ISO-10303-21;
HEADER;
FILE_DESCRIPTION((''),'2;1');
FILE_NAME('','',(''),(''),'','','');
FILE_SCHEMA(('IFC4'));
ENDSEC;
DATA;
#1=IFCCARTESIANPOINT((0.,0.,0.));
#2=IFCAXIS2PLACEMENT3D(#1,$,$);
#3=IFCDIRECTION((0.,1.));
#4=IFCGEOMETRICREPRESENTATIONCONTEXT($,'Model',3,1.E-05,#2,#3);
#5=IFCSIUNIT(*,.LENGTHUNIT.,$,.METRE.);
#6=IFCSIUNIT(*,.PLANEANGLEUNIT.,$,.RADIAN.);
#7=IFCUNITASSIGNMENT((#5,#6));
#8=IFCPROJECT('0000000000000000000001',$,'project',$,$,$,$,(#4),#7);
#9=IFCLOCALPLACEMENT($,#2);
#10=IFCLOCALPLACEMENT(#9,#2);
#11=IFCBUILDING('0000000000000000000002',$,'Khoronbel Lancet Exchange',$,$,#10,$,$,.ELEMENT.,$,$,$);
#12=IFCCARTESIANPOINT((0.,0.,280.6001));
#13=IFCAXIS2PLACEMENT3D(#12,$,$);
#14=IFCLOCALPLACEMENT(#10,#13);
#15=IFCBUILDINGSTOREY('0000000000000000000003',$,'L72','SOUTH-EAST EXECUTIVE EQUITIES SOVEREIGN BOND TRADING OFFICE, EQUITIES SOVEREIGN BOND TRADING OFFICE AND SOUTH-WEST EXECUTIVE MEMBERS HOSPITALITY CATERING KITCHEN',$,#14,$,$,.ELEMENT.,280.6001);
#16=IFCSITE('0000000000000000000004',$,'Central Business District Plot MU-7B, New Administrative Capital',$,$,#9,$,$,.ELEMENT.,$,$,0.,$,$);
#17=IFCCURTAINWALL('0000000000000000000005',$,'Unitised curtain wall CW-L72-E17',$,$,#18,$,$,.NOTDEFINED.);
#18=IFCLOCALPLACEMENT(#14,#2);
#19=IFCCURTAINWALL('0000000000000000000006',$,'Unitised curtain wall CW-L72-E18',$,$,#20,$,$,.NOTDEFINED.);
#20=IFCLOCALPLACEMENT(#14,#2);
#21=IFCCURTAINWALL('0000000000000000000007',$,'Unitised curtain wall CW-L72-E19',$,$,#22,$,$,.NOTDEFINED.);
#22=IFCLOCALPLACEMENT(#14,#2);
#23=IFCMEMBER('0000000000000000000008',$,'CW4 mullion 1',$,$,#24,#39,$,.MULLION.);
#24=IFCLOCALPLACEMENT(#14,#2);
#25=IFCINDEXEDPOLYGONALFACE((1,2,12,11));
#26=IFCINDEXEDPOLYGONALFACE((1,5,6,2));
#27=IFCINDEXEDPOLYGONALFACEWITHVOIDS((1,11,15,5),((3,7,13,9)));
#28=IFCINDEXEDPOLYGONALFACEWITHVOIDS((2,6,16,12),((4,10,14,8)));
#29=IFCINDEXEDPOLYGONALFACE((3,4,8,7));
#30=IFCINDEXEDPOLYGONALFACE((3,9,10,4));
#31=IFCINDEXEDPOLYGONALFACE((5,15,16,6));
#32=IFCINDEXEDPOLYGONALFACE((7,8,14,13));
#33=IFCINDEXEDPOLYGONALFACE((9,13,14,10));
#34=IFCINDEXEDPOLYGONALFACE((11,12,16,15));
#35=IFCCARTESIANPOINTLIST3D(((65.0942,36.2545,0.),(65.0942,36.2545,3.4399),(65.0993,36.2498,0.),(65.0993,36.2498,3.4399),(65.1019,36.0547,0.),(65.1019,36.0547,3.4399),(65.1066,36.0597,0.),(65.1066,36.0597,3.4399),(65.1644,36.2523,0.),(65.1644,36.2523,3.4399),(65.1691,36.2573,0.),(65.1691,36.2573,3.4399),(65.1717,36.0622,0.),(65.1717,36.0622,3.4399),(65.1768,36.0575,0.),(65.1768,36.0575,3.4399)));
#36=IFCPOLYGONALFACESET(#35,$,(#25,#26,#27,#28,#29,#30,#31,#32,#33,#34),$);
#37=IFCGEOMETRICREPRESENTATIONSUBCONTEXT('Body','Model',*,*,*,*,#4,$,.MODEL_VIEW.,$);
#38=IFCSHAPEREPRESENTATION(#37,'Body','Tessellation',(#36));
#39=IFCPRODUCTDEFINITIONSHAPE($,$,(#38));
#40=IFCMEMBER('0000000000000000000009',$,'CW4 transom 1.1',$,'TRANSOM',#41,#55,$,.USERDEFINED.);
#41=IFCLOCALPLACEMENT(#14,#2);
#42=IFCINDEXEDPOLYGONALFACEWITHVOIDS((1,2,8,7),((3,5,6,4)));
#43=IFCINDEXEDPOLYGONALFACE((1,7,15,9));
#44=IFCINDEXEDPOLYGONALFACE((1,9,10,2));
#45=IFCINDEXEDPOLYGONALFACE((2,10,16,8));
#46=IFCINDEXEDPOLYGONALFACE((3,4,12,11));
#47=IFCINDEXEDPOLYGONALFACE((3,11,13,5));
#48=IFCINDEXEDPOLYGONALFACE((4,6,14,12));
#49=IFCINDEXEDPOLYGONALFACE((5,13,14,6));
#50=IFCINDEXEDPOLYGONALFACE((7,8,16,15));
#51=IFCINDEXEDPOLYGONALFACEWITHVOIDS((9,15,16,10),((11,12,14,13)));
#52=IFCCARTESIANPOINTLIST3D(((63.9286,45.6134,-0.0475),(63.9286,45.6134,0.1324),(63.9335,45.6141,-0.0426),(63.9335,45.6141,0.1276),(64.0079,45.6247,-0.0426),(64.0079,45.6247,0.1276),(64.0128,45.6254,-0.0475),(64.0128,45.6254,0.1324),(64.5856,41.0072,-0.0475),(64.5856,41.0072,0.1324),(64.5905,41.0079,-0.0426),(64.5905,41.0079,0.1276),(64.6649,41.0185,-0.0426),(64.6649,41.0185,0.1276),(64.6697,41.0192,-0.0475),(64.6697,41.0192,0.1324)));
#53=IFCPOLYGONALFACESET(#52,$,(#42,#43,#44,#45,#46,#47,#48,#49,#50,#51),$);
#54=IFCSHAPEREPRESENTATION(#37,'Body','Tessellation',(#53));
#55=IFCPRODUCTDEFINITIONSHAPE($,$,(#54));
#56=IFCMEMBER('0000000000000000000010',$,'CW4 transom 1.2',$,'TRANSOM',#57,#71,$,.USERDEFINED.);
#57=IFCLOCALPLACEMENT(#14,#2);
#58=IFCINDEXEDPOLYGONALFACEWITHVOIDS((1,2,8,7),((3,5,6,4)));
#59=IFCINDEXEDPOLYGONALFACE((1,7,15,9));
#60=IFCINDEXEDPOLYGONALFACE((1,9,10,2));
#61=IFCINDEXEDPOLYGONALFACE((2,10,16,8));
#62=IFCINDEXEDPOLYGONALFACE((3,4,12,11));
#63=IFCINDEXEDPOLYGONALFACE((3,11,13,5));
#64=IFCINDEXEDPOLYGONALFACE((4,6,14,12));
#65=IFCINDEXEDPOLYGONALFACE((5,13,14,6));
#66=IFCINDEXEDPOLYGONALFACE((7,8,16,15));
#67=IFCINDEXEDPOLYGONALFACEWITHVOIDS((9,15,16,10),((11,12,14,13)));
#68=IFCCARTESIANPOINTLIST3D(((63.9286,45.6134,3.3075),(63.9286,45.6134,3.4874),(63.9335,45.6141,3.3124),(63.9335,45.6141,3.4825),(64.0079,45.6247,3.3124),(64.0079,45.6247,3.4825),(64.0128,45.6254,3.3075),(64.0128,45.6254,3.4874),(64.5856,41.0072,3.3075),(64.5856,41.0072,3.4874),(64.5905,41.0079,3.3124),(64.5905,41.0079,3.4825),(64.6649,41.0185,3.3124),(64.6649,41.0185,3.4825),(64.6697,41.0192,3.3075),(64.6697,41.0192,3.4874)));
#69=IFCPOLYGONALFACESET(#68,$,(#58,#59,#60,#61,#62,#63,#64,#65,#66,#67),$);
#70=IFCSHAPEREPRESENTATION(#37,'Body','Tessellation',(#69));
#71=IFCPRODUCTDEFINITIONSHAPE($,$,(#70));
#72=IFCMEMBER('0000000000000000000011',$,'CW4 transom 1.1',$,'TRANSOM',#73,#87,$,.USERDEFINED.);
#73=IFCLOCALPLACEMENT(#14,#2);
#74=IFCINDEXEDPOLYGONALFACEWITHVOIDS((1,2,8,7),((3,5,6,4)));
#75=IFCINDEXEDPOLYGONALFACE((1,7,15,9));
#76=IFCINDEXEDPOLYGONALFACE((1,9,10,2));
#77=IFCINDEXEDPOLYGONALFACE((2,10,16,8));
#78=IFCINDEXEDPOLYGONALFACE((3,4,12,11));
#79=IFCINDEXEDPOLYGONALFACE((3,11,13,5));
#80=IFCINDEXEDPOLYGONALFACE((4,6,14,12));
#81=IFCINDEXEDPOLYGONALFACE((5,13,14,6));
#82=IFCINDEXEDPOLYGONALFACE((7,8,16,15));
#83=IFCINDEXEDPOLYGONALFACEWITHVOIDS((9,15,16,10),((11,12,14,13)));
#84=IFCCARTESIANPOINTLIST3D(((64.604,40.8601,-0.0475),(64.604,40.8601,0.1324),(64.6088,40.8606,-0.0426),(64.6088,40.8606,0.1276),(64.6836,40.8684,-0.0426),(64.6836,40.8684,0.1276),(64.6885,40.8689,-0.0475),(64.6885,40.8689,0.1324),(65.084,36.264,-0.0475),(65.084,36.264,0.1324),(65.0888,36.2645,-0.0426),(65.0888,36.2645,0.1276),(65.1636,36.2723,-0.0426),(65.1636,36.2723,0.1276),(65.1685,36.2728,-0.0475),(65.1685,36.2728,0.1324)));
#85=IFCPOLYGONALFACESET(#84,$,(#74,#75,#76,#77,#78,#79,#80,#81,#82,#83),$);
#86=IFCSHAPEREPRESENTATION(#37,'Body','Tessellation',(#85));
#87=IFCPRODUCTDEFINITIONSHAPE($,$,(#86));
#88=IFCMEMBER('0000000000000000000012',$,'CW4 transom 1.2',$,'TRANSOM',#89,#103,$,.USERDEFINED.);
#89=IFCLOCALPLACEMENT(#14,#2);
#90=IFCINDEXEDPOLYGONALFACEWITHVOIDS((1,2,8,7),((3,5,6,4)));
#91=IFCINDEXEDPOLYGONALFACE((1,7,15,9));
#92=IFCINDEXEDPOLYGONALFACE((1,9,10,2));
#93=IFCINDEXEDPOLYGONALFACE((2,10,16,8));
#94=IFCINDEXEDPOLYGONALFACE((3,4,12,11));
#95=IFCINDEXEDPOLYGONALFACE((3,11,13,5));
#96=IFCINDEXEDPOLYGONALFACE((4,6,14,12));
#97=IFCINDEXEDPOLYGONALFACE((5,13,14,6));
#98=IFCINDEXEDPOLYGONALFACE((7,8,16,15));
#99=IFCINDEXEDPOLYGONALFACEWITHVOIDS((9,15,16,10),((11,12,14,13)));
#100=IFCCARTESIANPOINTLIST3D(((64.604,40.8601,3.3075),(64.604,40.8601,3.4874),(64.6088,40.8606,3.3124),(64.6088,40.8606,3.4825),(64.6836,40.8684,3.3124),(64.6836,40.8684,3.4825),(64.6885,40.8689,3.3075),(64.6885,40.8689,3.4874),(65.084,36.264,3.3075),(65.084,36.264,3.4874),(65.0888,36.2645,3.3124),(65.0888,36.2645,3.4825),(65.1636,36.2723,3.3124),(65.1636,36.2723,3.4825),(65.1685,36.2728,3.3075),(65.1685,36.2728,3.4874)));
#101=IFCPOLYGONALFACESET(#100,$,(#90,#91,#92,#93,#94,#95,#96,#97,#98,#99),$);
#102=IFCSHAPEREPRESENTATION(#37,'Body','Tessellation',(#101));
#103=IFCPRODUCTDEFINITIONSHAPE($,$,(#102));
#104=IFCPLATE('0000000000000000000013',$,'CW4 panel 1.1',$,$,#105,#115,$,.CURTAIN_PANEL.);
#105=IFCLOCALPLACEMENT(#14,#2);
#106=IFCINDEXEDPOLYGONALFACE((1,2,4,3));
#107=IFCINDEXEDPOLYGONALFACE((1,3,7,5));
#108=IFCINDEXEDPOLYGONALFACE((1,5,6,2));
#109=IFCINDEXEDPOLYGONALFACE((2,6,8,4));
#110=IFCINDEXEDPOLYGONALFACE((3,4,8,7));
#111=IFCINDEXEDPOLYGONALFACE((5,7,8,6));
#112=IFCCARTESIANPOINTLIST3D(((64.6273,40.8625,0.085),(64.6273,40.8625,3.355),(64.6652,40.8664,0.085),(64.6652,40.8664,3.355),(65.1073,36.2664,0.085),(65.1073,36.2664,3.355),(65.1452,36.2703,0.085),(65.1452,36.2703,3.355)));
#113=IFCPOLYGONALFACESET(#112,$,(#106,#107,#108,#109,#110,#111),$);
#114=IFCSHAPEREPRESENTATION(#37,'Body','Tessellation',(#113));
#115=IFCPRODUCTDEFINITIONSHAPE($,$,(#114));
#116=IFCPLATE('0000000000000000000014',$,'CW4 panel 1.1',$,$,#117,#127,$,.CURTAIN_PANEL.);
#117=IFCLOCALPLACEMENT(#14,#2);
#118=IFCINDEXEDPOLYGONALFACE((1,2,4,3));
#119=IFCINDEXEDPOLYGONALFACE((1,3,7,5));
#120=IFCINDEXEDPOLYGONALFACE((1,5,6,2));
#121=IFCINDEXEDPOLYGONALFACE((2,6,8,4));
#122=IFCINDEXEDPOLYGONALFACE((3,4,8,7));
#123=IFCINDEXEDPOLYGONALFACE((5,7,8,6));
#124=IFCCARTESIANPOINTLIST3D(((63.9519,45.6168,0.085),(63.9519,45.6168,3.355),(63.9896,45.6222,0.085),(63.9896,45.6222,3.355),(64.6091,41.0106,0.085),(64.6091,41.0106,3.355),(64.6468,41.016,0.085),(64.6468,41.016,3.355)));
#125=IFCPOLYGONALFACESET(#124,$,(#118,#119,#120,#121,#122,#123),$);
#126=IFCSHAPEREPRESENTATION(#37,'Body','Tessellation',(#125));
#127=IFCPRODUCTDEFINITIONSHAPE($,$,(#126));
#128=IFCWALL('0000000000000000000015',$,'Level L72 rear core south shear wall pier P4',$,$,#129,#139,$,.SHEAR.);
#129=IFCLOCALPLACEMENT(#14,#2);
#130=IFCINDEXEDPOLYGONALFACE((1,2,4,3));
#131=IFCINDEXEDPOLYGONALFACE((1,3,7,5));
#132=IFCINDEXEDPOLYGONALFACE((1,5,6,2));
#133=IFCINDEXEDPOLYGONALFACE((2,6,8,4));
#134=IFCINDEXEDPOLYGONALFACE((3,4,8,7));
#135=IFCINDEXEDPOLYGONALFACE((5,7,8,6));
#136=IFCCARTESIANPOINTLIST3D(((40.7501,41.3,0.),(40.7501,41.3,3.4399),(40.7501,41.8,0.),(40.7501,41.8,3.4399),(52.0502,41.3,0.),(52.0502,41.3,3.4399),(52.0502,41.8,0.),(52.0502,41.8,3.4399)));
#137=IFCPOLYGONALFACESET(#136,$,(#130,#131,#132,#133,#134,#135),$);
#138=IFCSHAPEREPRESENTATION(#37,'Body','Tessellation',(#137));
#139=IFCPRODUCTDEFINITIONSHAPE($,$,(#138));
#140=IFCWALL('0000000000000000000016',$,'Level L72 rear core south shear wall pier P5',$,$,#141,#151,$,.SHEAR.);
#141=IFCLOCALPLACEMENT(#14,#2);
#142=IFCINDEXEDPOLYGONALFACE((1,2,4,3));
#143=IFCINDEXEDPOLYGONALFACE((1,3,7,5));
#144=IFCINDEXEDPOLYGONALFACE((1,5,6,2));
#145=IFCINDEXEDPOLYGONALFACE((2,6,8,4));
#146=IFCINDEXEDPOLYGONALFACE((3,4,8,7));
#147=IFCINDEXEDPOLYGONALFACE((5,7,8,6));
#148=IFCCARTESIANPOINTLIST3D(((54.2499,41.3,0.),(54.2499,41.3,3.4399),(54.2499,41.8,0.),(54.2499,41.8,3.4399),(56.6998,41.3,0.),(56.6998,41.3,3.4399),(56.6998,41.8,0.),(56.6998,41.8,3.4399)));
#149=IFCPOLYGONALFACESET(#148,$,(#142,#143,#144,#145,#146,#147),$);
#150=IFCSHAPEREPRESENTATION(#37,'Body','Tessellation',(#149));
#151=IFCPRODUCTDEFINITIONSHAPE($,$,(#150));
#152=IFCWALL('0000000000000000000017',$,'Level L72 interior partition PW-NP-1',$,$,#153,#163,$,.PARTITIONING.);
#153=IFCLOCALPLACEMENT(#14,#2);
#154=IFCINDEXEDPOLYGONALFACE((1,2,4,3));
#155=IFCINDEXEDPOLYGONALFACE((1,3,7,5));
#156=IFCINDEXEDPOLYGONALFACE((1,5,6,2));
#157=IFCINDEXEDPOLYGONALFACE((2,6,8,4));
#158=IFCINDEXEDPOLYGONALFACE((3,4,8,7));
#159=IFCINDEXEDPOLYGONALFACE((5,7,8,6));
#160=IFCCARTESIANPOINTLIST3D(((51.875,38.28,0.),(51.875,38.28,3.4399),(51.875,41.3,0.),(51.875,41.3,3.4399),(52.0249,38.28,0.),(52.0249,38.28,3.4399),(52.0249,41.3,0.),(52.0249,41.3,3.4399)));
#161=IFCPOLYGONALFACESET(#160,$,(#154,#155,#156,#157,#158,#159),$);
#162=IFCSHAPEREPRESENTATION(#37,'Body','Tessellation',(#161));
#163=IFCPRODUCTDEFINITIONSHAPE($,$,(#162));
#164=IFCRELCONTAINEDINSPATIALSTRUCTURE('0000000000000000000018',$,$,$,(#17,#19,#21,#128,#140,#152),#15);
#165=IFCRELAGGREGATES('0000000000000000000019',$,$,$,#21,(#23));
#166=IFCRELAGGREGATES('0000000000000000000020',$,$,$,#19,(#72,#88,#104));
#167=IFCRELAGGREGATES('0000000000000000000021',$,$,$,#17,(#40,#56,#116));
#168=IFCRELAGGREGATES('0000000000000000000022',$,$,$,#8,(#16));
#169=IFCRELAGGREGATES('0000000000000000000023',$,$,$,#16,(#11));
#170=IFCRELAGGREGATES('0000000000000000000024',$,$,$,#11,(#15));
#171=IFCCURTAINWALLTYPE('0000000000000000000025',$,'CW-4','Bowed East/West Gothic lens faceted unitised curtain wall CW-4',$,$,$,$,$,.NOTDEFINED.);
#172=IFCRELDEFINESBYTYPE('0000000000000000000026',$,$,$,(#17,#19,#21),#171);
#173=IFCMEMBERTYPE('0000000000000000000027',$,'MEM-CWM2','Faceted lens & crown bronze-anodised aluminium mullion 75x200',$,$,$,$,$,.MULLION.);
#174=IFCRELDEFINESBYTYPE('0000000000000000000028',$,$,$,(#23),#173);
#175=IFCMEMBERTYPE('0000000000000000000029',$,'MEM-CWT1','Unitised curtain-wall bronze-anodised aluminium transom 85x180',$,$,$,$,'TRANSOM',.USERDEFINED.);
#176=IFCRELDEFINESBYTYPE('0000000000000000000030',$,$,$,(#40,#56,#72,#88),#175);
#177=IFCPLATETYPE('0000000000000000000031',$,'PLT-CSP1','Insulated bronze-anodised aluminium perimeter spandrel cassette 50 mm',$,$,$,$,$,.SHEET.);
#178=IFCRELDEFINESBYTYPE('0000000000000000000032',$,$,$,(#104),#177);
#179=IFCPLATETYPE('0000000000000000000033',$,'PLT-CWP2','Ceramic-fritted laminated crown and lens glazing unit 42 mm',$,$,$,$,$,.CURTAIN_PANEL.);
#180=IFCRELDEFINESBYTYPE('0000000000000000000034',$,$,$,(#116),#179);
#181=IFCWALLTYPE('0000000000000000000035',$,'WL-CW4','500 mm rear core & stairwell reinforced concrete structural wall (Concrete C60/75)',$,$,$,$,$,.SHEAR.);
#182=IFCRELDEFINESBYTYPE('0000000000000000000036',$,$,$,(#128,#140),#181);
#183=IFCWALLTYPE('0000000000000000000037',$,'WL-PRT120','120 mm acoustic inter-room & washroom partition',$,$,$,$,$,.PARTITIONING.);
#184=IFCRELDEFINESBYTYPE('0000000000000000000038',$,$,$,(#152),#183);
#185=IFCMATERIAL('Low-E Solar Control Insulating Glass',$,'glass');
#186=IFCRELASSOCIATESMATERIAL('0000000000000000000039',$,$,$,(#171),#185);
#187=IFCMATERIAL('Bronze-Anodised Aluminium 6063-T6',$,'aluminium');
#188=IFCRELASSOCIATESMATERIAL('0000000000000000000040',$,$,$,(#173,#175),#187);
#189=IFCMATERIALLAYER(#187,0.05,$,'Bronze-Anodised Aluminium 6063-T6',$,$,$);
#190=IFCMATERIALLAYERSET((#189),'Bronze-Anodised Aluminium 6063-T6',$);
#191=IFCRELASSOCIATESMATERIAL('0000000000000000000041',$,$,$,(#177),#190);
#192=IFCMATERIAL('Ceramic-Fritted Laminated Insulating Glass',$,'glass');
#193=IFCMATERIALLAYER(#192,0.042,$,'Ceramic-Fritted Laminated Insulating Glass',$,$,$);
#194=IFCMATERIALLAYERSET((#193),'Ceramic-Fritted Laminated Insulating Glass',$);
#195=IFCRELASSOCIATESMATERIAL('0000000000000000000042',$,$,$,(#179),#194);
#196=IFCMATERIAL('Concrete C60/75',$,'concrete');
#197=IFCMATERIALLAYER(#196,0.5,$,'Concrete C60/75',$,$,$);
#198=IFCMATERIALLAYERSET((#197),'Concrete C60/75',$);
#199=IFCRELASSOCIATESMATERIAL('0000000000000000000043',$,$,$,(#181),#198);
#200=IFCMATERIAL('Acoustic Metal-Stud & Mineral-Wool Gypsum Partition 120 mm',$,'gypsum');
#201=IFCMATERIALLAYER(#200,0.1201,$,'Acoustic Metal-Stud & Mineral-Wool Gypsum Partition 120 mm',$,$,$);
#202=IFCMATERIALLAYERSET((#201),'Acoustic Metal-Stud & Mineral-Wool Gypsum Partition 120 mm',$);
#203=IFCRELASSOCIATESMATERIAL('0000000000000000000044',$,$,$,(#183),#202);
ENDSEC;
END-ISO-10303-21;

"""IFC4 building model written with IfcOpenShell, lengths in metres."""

from ifc_helpers import new_model, si_unit, direction, frame, frame_2d, origin, origin_2d, place, context, subcontext, project, spatial, rectangle, hollow_rectangle, extrude, material, layer, layer_set, material_profile, profile_set, type_object, element, aggregate, save


model = new_model("IFC4")

# Units and contexts
model_context = context("Model", 3, precision=1e-05, world=origin(), true_north=direction((0.0, 1.0)))
body_context = subcontext(model_context, "Body", "Model", "MODEL_VIEW")
ifc_project = project(units=[si_unit("LENGTHUNIT", "METRE"), si_unit("PLANEANGLEUNIT", "RADIAN")], contexts=[model_context])

# Site, building, storey
site_placement = place(None, origin())
site = spatial("IfcSite", under=ifc_project, at=site_placement, Name="Central Business District Plot MU-7B, New Administrative Capital", CompositionType="ELEMENT", RefElevation=0.0)
building_placement = place(site_placement, origin())
building = spatial("IfcBuilding", under=site, at=building_placement, Name="Khoronbel Lancet Exchange", CompositionType="ELEMENT")
storey_placement = place(building_placement, frame((0.0, 0.0, 280.6001)))
storey = spatial("IfcBuildingStorey", under=building, at=storey_placement, Name="L72", Description="SOUTH-EAST EXECUTIVE EQUITIES SOVEREIGN BOND TRADING OFFICE, EQUITIES SOVEREIGN BOND TRADING OFFICE AND SOUTH-WEST EXECUTIVE MEMBERS HOSPITALITY CATERING KITCHEN", CompositionType="ELEMENT", Elevation=280.6001)

# Shared definitions
ifc_material_1 = material(Name="Concrete C60/75", Category="concrete")

# Curtain walls
ifc_material_2 = material(Name="Low-E Solar Control Insulating Glass", Category="glass")
curtain_wall_type = type_object("IfcCurtainWallType", Name="CW-4", Description="Bowed East/West Gothic lens faceted unitised curtain wall CW-4", PredefinedType="NOTDEFINED", material=ifc_material_2)
curtain_wall_1_placement = place(storey_placement, origin())
curtain_wall_1 = element("IfcCurtainWall", 1, at=curtain_wall_1_placement, inside=storey, type_object=curtain_wall_type, Name="Unitised curtain wall CW-L72-E17", PredefinedType="NOTDEFINED")
ifc_material_3 = material(Name="Bronze-Anodised Aluminium 6063-T6", Category="aluminium")
ifc_material_profile_1 = material_profile(ifc_material_3, hollow_rectangle(XDim=0.075, YDim=0.2, WallThickness=0.0049, at=origin_2d()), Name="ALU MULLION 75x200")
ifc_profile_set_1 = profile_set([ifc_material_profile_1], Name="Bronze-Anodised Aluminium 6063-T6")
member_type_1 = type_object("IfcMemberType", Name="MEM-CWM2", Description="Faceted lens & crown bronze-anodised aluminium mullion 75x200", PredefinedType="MULLION", material=ifc_profile_set_1)
curtain_wall_2_placement = place(storey_placement, origin())
curtain_wall_2 = element("IfcCurtainWall", 2, at=curtain_wall_2_placement, inside=storey, type_object=curtain_wall_type, Name="Unitised curtain wall CW-L72-E18", PredefinedType="NOTDEFINED")

# Curtain wall, member
curtain_wall_3_placement = place(storey_placement, origin())
curtain_wall_3 = element("IfcCurtainWall", 3, at=curtain_wall_3_placement, inside=storey, type_object=curtain_wall_type, Name="Unitised curtain wall CW-L72-E19", PredefinedType="NOTDEFINED")
member_1_placement = place(storey_placement, frame((65.1355, 36.156, 0.0), z_axis=(0.0, 0.0, 1.0), x_axis=(0.99927, 0.038192, 0.0)))
member_1 = element("IfcMember", 4, at=member_1_placement, type_object=member_type_1, Name="CW4 mullion 1", PredefinedType="MULLION", context=body_context, shape_type="SweptSolid", body=[
    extrude(hollow_rectangle(XDim=0.075, YDim=0.2, WallThickness=0.0049, at=origin_2d()), origin(), (0.0, 0.0, 1.0), 3.4399),
])
aggregate(curtain_wall_3, [member_1])

# Members
ifc_material_profile_2 = material_profile(ifc_material_3, hollow_rectangle(XDim=0.085, YDim=0.1799, WallThickness=0.0049, at=origin_2d()), Name="ALU TRANSOM 85x180")
ifc_profile_set_2 = profile_set([ifc_material_profile_2], Name="Bronze-Anodised Aluminium 6063-T6")
member_type_2 = type_object("IfcMemberType", Name="MEM-CWT1", Description="Unitised curtain-wall bronze-anodised aluminium transom 85x180", ElementType="TRANSOM", PredefinedType="USERDEFINED", material=ifc_profile_set_2)
member_2_placement = place(storey_placement, frame((63.9707, 45.6194, 0.0425), z_axis=(0.141201, -0.989981, 0.0), x_axis=(0.989981, 0.141201, 0.0)))
member_2 = element("IfcMember", 5, at=member_2_placement, type_object=member_type_2, Name="CW4 transom 1.1", ObjectType="TRANSOM", PredefinedType="USERDEFINED", context=body_context, shape_type="SweptSolid", body=[
    extrude(hollow_rectangle(XDim=0.085, YDim=0.1799, WallThickness=0.0049, at=origin_2d()), origin(), (0.0, 0.0, 1.0), 4.6528),
])
member_3_placement = place(storey_placement, frame((63.9707, 45.6194, 3.3975), z_axis=(0.141201, -0.989981, 0.0), x_axis=(0.989981, 0.141201, 0.0)))
member_3 = element("IfcMember", 6, at=member_3_placement, type_object=member_type_2, Name="CW4 transom 1.2", ObjectType="TRANSOM", PredefinedType="USERDEFINED", context=body_context, shape_type="SweptSolid", body=[
    extrude(hollow_rectangle(XDim=0.085, YDim=0.1799, WallThickness=0.0049, at=origin_2d()), origin(), (0.0, 0.0, 1.0), 4.6528),
])
member_4_placement = place(storey_placement, frame((64.6462, 40.8645, 0.0425), z_axis=(0.103865, -0.994591, 0.0), x_axis=(0.994591, 0.103865, 0.0)))
member_4 = element("IfcMember", 7, at=member_4_placement, type_object=member_type_2, Name="CW4 transom 1.1", ObjectType="TRANSOM", PredefinedType="USERDEFINED", context=body_context, shape_type="SweptSolid", body=[
    extrude(hollow_rectangle(XDim=0.085, YDim=0.1799, WallThickness=0.0049, at=origin_2d()), origin(), (0.0, 0.0, 1.0), 4.6211),
])
member_5_placement = place(storey_placement, frame((64.6462, 40.8645, 3.3975), z_axis=(0.103865, -0.994591, 0.0), x_axis=(0.994591, 0.103865, 0.0)))
member_5 = element("IfcMember", 8, at=member_5_placement, type_object=member_type_2, Name="CW4 transom 1.2", ObjectType="TRANSOM", PredefinedType="USERDEFINED", context=body_context, shape_type="SweptSolid", body=[
    extrude(hollow_rectangle(XDim=0.085, YDim=0.1799, WallThickness=0.0049, at=origin_2d()), origin(), (0.0, 0.0, 1.0), 4.6211),
])

# Plates
ifc_layer_1 = layer(ifc_material_3, 0.05, Name="Bronze-Anodised Aluminium 6063-T6")
ifc_layer_set_1 = layer_set([ifc_layer_1], Name="Bronze-Anodised Aluminium 6063-T6")
plate_type_1 = type_object("IfcPlateType", Name="PLT-CSP1", Description="Insulated bronze-anodised aluminium perimeter spandrel cassette 50 mm", PredefinedType="SHEET", material=ifc_layer_set_1)
plate_1_placement = place(storey_placement, frame((64.8862, 38.5664, 0.085), z_axis=(0.0, 0.0, 1.0), x_axis=(0.103873, -0.994591, 0.0)))
plate_1 = element("IfcPlate", 9, at=plate_1_placement, type_object=plate_type_1, Name="CW4 panel 1.1", PredefinedType="CURTAIN_PANEL", context=body_context, shape_type="SweptSolid", body=[
    extrude(rectangle(XDim=4.6211, YDim=0.0381, at=origin_2d()), origin(), (0.0, 0.0, 1.0), 3.27),
])
aggregate(curtain_wall_2, [member_4, member_5, plate_1])
ifc_material_4 = material(Name="Ceramic-Fritted Laminated Insulating Glass", Category="glass")
ifc_layer_2 = layer(ifc_material_4, 0.042, Name="Ceramic-Fritted Laminated Insulating Glass")
ifc_layer_set_2 = layer_set([ifc_layer_2], Name="Ceramic-Fritted Laminated Insulating Glass")
plate_type_2 = type_object("IfcPlateType", Name="PLT-CWP2", Description="Ceramic-fritted laminated crown and lens glazing unit 42 mm", PredefinedType="CURTAIN_PANEL", material=ifc_layer_set_2)
plate_2_placement = place(storey_placement, frame((64.2993, 43.3164, 0.085), z_axis=(0.0, 0.0, 1.0), x_axis=(0.141252, -0.989974, 0.0)))
plate_2 = element("IfcPlate", 10, at=plate_2_placement, type_object=plate_type_2, Name="CW4 panel 1.1", PredefinedType="CURTAIN_PANEL", context=body_context, shape_type="SweptSolid", body=[
    extrude(rectangle(XDim=4.6528, YDim=0.0381, at=origin_2d()), origin(), (0.0, 0.0, 1.0), 3.27),
])
aggregate(curtain_wall_1, [member_2, member_3, plate_2])

# Walls
ifc_layer_3 = layer(ifc_material_1, 0.5, Name="Concrete C60/75")
ifc_layer_set_3 = layer_set([ifc_layer_3], Name="Concrete C60/75")
wall_type_1 = type_object("IfcWallType", Name="WL-CW4", Description="500 mm rear core & stairwell reinforced concrete structural wall (Concrete C60/75)", PredefinedType="SHEAR", material=ifc_layer_set_3)
wall_1_placement = place(storey_placement, frame((52.05, 41.55, 0.0), z_axis=(0.0, 0.0, 1.0), x_axis=(-1.0, 0.0, 0.0)))
element("IfcWall", 11, at=wall_1_placement, inside=storey, type_object=wall_type_1, Name="Level L72 rear core south shear wall pier P4", PredefinedType="SHEAR", context=body_context, shape_type="SweptSolid", body=[
    extrude(rectangle(XDim=11.3, YDim=0.5, at=frame_2d((5.6499, 0.0))), origin(), (0.0, 0.0, 1.0), 3.4399),
])
wall_2_placement = place(storey_placement, frame((56.7, 41.55, 0.0), z_axis=(0.0, 0.0, 1.0), x_axis=(-1.0, 0.0, 0.0)))
element("IfcWall", 12, at=wall_2_placement, inside=storey, type_object=wall_type_1, Name="Level L72 rear core south shear wall pier P5", PredefinedType="SHEAR", context=body_context, shape_type="SweptSolid", body=[
    extrude(rectangle(XDim=2.45, YDim=0.5, at=frame_2d((1.2251, 0.0))), origin(), (0.0, 0.0, 1.0), 3.4399),
])
ifc_material_5 = material(Name="Acoustic Metal-Stud & Mineral-Wool Gypsum Partition 120 mm", Category="gypsum")
ifc_layer_4 = layer(ifc_material_5, 0.1201, Name="Acoustic Metal-Stud & Mineral-Wool Gypsum Partition 120 mm")
ifc_layer_set_4 = layer_set([ifc_layer_4], Name="Acoustic Metal-Stud & Mineral-Wool Gypsum Partition 120 mm")
wall_type_2 = type_object("IfcWallType", Name="WL-PRT120", Description="120 mm acoustic inter-room & washroom partition", PredefinedType="PARTITIONING", material=ifc_layer_set_4)
wall_3_placement = place(storey_placement, frame((51.95, 38.28, 0.0), z_axis=(0.0, 0.0, 1.0), x_axis=(0.0, 1.0, 0.0)))
element("IfcWall", 13, at=wall_3_placement, inside=storey, type_object=wall_type_2, Name="Level L72 interior partition PW-NP-1", PredefinedType="PARTITIONING", context=body_context, shape_type="SweptSolid", body=[
    extrude(rectangle(XDim=3.02, YDim=0.1499, at=frame_2d((1.51, 0.0))), origin(), (0.0, 0.0, 1.0), 3.4399),
])

save(model, "model.ifc")
